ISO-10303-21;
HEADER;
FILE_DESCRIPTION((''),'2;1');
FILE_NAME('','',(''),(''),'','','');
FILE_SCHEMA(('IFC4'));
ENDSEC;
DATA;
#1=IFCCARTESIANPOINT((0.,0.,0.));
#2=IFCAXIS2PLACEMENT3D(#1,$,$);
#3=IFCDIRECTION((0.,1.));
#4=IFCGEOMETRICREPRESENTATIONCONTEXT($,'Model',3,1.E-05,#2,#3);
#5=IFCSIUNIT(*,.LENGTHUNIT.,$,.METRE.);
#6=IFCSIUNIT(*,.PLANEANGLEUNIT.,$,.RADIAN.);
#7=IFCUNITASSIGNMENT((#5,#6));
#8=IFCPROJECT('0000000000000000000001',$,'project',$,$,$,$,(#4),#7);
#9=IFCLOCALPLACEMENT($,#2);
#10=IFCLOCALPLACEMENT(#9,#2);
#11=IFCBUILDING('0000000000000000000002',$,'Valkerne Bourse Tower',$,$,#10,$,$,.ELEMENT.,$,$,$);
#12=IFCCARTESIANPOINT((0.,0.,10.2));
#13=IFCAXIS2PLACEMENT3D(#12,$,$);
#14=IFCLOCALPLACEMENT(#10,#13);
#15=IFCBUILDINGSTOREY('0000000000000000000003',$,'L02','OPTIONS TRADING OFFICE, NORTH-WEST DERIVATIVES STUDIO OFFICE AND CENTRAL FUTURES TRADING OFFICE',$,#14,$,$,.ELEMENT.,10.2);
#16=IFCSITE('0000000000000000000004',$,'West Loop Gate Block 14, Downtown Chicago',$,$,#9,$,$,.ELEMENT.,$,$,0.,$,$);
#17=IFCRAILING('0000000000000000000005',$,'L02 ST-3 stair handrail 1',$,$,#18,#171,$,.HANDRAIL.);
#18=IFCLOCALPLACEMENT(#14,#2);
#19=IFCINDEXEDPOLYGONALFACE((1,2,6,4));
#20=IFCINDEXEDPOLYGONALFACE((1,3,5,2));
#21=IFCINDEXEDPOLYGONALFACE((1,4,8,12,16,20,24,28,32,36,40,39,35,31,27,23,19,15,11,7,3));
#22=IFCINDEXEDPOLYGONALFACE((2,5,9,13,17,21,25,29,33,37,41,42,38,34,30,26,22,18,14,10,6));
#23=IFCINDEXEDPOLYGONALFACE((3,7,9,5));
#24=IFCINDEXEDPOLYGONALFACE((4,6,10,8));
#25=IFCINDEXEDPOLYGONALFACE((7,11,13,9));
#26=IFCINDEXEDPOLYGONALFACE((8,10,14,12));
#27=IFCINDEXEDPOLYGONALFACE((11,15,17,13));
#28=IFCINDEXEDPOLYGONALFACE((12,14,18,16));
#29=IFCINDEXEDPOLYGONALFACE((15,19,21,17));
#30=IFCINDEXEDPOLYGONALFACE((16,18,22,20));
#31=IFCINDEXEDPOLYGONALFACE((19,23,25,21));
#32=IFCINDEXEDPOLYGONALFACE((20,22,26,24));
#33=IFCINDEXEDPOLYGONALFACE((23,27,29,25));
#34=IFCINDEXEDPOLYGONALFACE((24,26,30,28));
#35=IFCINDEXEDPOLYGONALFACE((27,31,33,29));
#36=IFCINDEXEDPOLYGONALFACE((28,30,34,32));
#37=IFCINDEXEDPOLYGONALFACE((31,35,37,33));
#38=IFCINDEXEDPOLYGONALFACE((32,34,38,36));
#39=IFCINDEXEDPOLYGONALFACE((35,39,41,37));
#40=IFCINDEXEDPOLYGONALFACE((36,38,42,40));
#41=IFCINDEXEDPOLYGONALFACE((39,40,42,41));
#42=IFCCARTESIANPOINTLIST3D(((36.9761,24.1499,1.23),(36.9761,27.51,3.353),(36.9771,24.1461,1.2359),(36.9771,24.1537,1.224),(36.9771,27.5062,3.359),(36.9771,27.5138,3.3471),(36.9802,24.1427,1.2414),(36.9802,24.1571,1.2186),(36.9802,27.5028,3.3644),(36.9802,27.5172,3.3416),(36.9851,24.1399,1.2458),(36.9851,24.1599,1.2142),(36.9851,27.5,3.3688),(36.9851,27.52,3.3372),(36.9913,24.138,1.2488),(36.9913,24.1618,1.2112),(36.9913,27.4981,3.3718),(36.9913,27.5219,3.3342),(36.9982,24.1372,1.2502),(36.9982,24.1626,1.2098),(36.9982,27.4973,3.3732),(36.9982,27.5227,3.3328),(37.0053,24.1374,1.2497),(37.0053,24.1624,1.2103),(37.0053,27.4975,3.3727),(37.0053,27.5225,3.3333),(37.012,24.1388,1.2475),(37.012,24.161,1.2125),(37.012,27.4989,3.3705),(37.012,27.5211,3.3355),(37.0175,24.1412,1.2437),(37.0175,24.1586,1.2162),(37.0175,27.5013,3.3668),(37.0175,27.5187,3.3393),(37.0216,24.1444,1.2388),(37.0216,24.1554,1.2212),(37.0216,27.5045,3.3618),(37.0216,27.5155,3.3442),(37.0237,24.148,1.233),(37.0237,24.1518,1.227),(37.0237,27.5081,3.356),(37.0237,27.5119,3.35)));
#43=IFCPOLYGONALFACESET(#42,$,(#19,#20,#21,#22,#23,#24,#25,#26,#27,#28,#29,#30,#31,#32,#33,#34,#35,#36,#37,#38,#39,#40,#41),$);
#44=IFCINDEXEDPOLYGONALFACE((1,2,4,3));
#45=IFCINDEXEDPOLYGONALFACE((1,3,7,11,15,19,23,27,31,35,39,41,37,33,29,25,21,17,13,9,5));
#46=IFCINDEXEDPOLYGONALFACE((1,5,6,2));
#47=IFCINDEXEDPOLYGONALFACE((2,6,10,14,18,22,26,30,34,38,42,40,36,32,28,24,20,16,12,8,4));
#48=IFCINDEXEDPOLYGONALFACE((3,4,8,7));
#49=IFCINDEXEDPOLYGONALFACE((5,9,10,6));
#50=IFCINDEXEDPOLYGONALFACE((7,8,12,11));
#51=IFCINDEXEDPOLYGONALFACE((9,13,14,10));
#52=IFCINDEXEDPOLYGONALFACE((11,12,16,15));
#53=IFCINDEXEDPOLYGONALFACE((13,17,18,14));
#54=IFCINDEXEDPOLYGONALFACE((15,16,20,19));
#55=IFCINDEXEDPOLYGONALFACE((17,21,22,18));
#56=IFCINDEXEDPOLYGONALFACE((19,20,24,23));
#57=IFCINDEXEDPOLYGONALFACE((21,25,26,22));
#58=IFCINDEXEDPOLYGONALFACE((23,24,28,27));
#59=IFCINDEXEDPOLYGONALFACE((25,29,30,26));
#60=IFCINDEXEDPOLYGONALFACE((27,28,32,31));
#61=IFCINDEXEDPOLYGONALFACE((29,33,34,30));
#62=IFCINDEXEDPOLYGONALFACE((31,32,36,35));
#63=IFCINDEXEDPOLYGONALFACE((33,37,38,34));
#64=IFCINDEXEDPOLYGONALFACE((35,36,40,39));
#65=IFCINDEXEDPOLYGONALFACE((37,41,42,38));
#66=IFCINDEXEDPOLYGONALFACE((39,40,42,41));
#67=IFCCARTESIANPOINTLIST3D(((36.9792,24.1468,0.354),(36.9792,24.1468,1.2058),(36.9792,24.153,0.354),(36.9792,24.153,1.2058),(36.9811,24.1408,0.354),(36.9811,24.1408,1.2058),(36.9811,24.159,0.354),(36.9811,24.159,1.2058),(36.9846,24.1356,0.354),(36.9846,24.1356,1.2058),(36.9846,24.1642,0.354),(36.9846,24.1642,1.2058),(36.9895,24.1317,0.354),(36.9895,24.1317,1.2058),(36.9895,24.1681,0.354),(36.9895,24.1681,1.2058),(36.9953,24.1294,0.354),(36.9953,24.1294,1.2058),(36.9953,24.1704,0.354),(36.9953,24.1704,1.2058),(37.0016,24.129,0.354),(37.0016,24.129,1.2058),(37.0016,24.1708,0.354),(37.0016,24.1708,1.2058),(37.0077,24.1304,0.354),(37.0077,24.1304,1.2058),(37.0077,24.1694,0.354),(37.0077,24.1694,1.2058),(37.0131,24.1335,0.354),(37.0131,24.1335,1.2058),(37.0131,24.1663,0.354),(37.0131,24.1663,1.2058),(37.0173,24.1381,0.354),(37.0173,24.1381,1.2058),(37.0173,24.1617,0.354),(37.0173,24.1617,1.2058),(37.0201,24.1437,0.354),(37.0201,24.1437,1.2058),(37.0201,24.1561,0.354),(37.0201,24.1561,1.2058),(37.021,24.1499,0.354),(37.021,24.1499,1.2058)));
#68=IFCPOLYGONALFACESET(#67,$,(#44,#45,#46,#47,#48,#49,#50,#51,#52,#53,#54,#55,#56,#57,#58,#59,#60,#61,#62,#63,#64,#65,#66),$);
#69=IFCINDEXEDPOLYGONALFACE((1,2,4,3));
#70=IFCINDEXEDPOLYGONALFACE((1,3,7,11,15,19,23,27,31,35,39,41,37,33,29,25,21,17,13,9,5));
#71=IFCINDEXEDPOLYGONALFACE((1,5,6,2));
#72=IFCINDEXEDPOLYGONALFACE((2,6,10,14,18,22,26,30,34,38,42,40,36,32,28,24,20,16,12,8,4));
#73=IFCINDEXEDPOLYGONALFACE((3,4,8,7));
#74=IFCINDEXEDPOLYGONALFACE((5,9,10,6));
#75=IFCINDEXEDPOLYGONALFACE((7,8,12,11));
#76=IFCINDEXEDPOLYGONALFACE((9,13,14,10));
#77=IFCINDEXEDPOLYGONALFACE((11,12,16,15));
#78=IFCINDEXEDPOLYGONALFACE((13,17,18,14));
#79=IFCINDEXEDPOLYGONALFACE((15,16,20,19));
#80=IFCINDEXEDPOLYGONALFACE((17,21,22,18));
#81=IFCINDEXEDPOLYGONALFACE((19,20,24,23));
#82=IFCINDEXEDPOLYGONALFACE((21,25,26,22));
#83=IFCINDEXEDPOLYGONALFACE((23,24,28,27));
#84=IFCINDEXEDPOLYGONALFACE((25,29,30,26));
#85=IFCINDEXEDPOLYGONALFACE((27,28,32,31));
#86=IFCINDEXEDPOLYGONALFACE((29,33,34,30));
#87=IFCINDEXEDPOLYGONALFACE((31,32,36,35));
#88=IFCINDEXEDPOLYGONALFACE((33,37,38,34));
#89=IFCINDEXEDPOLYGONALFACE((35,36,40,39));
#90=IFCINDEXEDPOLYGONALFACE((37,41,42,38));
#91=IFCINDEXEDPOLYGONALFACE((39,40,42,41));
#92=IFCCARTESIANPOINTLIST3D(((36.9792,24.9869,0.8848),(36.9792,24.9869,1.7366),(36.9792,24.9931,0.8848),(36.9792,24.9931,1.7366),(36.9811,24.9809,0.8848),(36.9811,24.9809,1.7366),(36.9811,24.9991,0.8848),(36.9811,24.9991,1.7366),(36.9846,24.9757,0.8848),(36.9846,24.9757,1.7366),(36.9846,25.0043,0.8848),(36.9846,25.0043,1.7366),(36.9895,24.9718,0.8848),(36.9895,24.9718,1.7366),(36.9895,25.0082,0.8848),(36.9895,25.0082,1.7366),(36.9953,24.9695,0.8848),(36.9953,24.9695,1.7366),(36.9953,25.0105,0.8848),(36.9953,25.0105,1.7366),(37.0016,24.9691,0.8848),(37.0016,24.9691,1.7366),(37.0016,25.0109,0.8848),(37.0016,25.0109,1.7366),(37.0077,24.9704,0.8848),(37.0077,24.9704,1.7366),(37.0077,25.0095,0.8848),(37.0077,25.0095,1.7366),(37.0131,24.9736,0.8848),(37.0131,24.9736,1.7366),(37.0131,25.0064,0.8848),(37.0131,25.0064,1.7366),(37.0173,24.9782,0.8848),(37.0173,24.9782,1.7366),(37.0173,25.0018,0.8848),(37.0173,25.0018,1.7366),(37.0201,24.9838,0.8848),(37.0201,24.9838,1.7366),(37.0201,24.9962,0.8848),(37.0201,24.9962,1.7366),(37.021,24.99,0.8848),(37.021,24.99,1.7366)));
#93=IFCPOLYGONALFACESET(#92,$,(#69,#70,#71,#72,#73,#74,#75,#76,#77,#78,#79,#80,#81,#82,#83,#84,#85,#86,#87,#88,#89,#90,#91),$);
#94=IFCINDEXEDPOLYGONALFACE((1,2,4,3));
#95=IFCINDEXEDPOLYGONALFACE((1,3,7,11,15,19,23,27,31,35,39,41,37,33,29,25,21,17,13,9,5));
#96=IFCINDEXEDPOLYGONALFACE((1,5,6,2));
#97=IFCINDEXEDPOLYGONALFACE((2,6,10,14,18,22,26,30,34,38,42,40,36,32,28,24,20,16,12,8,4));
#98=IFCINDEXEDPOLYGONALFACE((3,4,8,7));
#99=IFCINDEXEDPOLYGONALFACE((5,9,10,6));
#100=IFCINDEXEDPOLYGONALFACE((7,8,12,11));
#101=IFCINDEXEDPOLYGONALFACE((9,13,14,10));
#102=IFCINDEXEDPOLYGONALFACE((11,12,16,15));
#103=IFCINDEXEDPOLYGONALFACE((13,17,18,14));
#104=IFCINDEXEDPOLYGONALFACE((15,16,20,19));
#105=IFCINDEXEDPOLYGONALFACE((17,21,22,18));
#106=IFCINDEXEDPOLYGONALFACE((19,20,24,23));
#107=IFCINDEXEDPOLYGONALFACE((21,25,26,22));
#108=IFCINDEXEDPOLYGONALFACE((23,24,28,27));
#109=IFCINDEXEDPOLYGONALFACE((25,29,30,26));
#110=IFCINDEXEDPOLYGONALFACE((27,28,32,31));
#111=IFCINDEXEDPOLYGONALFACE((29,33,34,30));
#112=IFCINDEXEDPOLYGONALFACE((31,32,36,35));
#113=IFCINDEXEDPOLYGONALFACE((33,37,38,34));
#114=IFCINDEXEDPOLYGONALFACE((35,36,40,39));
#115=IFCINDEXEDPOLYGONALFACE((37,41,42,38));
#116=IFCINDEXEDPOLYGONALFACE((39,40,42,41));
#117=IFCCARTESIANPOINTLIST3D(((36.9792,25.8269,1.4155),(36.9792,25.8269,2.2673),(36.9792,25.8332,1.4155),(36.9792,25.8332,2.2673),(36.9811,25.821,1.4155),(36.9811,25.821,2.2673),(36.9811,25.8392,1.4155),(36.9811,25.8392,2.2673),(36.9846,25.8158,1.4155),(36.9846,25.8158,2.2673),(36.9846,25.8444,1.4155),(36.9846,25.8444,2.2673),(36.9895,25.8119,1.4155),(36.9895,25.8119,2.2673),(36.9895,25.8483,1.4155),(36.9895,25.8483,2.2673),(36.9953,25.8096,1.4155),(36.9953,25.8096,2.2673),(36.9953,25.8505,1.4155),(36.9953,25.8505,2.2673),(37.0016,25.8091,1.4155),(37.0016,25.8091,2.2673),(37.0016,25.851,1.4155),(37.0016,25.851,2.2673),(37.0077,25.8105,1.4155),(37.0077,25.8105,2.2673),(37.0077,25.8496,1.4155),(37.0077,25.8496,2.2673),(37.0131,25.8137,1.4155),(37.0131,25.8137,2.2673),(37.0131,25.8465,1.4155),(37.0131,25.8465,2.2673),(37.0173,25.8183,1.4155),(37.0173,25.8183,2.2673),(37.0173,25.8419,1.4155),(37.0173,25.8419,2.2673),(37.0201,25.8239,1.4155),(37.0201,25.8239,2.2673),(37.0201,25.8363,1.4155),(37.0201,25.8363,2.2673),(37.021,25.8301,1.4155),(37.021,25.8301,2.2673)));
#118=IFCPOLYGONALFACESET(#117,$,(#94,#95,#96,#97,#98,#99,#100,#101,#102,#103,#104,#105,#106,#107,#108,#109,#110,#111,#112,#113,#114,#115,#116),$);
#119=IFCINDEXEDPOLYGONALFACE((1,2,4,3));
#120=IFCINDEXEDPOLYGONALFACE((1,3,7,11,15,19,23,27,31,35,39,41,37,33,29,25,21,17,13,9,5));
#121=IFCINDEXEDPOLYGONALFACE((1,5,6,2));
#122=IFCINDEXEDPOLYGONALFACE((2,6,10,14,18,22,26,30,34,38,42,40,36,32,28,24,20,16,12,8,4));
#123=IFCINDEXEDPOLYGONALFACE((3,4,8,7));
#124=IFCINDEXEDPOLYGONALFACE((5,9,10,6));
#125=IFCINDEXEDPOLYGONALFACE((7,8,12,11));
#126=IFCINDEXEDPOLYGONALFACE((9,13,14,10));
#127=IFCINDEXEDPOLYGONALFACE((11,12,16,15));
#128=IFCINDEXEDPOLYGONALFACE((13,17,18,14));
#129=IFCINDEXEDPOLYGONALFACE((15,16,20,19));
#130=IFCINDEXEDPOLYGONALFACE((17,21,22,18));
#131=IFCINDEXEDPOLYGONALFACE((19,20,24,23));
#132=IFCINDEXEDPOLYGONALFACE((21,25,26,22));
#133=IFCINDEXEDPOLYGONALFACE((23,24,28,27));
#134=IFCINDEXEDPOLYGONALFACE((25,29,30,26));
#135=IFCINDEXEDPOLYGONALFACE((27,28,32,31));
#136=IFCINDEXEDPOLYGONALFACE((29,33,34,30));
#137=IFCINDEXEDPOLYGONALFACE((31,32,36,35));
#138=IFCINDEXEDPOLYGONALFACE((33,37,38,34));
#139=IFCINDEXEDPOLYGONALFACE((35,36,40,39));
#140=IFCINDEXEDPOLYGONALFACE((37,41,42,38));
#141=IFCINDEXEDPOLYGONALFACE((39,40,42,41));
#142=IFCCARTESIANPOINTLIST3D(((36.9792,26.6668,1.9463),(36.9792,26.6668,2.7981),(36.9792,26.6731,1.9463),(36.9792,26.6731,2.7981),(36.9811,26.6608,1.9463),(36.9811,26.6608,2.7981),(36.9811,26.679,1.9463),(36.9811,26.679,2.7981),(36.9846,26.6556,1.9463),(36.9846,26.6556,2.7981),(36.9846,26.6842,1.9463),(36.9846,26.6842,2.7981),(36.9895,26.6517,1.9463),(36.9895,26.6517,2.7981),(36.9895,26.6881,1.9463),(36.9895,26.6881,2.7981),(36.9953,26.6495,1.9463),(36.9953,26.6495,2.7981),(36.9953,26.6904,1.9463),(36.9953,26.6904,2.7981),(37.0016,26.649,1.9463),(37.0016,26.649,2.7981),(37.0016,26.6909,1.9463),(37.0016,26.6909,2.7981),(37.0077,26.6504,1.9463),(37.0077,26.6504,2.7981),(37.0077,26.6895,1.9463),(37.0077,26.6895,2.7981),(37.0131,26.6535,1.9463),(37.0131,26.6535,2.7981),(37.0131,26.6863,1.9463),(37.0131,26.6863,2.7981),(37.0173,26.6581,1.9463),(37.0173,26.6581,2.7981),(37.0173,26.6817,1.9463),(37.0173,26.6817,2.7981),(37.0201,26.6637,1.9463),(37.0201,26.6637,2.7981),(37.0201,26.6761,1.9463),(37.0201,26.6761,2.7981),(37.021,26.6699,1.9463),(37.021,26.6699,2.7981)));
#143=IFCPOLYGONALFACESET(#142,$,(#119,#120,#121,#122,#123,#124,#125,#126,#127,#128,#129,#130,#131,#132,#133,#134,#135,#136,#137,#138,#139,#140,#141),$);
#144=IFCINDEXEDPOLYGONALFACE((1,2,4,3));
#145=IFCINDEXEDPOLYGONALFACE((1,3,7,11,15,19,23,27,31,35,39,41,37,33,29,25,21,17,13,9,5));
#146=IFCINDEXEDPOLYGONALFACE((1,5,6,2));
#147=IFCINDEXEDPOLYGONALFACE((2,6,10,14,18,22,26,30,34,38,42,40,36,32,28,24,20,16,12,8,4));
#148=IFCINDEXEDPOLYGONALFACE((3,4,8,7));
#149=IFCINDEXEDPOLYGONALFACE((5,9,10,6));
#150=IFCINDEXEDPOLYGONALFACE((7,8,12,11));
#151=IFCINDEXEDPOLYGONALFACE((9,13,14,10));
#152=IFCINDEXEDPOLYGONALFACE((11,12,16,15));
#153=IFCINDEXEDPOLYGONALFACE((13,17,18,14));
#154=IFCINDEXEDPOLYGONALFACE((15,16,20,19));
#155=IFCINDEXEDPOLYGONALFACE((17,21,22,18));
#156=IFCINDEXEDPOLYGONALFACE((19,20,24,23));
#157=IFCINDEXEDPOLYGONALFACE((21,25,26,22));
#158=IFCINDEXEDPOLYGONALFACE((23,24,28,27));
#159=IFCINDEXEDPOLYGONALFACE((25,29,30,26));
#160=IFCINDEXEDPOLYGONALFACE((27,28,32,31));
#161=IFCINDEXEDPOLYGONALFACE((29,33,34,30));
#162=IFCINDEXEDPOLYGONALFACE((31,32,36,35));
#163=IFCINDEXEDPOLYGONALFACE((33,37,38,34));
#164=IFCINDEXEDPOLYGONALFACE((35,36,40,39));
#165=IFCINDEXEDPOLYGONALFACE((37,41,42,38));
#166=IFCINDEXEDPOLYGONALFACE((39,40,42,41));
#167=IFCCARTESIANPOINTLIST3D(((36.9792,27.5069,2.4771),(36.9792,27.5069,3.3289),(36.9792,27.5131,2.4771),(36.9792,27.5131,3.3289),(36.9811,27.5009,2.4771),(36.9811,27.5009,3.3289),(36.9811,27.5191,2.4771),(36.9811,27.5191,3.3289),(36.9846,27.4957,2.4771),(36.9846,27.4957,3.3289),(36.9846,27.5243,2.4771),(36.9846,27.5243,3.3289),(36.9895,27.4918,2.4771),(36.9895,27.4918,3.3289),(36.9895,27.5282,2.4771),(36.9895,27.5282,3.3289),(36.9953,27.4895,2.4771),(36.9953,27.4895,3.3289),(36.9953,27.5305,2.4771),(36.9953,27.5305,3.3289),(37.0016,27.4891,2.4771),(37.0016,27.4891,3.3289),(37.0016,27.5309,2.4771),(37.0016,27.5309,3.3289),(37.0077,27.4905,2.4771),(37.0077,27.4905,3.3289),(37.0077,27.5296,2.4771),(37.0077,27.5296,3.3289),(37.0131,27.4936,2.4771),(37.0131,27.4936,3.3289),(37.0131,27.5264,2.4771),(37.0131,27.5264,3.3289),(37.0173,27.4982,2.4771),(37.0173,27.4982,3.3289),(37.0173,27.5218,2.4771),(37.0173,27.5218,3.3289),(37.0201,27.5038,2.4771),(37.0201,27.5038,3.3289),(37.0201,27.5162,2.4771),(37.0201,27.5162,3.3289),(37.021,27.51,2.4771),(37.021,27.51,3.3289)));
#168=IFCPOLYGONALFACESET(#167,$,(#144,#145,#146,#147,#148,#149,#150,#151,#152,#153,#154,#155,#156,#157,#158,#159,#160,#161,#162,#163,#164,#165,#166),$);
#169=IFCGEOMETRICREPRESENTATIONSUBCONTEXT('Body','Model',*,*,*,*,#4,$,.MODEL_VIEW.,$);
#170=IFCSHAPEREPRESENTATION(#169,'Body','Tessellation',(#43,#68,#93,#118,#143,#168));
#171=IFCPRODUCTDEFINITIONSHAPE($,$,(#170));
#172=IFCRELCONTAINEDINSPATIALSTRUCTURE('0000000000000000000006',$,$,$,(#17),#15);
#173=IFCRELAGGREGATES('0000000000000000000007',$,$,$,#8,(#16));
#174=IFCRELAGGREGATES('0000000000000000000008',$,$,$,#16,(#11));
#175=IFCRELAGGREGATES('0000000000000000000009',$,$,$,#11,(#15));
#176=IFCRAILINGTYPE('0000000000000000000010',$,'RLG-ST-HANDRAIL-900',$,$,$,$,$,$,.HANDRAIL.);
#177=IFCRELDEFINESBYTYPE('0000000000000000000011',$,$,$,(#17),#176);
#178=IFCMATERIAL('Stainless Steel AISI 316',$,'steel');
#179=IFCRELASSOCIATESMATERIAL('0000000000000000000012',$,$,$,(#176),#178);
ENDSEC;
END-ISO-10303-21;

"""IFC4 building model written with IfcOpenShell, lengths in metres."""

from ifc_helpers import new_model, si_unit, direction, frame, origin, origin_2d, place, context, subcontext, project, spatial, circle, extrude, material, type_object, element, save


model = new_model("IFC4")

# Units and contexts
model_context = context("Model", 3, precision=1e-05, world=origin(), true_north=direction((0.0, 1.0)))
body_context = subcontext(model_context, "Body", "Model", "MODEL_VIEW")
ifc_project = project(units=[si_unit("LENGTHUNIT", "METRE"), si_unit("PLANEANGLEUNIT", "RADIAN")], contexts=[model_context])

# Site, building, storey
site_placement = place(None, origin())
site = spatial("IfcSite", under=ifc_project, at=site_placement, Name="West Loop Gate Block 14, Downtown Chicago", CompositionType="ELEMENT", RefElevation=0.0)
building_placement = place(site_placement, origin())
building = spatial("IfcBuilding", under=site, at=building_placement, Name="Valkerne Bourse Tower", CompositionType="ELEMENT")
storey_placement = place(building_placement, frame((0.0, 0.0, 10.2)))
storey = spatial("IfcBuildingStorey", under=building, at=storey_placement, Name="L02", Description="OPTIONS TRADING OFFICE, NORTH-WEST DERIVATIVES STUDIO OFFICE AND CENTRAL FUTURES TRADING OFFICE", CompositionType="ELEMENT", Elevation=10.2)

# Railing
ifc_material_1 = material(Name="Stainless Steel AISI 316", Category="steel")
railing_type_1 = type_object("IfcRailingType", Name="RLG-ST-HANDRAIL-900", PredefinedType="HANDRAIL", material=ifc_material_1)
railing_1_placement = place(storey_placement, frame((37.0, 24.1499, 0.354)))
element("IfcRailing", 1, at=railing_1_placement, inside=storey, type_object=railing_type_1, Name="L02 ST-3 stair handrail 1", PredefinedType="HANDRAIL", context=body_context, shape_type="SweptSolid", body=[
    extrude(circle(Radius=0.0239, at=origin_2d()), frame((0.0, 0.0, 0.876), z_axis=(0.0, 0.84539, 0.53415), x_axis=(-1.0, 0.0, 0.0)), (0.0, 0.0, 1.0), 3.9746),
    extrude(circle(Radius=0.021, at=origin_2d()), origin(), (0.0, 0.0, 1.0), 0.8518),
    extrude(circle(Radius=0.021, at=origin_2d()), frame((0.0, 0.8401, 0.5308)), (0.0, 0.0, 1.0), 0.8518),
    extrude(circle(Radius=0.021, at=origin_2d()), frame((0.0, 1.6802, 1.0615)), (0.0, 0.0, 1.0), 0.8518),
    extrude(circle(Radius=0.021, at=origin_2d()), frame((0.0, 2.52, 1.5923)), (0.0, 0.0, 1.0), 0.8518),
    extrude(circle(Radius=0.021, at=origin_2d()), frame((0.0, 3.3601, 2.123)), (0.0, 0.0, 1.0), 0.8518),
])

save(model, "model.ifc")
